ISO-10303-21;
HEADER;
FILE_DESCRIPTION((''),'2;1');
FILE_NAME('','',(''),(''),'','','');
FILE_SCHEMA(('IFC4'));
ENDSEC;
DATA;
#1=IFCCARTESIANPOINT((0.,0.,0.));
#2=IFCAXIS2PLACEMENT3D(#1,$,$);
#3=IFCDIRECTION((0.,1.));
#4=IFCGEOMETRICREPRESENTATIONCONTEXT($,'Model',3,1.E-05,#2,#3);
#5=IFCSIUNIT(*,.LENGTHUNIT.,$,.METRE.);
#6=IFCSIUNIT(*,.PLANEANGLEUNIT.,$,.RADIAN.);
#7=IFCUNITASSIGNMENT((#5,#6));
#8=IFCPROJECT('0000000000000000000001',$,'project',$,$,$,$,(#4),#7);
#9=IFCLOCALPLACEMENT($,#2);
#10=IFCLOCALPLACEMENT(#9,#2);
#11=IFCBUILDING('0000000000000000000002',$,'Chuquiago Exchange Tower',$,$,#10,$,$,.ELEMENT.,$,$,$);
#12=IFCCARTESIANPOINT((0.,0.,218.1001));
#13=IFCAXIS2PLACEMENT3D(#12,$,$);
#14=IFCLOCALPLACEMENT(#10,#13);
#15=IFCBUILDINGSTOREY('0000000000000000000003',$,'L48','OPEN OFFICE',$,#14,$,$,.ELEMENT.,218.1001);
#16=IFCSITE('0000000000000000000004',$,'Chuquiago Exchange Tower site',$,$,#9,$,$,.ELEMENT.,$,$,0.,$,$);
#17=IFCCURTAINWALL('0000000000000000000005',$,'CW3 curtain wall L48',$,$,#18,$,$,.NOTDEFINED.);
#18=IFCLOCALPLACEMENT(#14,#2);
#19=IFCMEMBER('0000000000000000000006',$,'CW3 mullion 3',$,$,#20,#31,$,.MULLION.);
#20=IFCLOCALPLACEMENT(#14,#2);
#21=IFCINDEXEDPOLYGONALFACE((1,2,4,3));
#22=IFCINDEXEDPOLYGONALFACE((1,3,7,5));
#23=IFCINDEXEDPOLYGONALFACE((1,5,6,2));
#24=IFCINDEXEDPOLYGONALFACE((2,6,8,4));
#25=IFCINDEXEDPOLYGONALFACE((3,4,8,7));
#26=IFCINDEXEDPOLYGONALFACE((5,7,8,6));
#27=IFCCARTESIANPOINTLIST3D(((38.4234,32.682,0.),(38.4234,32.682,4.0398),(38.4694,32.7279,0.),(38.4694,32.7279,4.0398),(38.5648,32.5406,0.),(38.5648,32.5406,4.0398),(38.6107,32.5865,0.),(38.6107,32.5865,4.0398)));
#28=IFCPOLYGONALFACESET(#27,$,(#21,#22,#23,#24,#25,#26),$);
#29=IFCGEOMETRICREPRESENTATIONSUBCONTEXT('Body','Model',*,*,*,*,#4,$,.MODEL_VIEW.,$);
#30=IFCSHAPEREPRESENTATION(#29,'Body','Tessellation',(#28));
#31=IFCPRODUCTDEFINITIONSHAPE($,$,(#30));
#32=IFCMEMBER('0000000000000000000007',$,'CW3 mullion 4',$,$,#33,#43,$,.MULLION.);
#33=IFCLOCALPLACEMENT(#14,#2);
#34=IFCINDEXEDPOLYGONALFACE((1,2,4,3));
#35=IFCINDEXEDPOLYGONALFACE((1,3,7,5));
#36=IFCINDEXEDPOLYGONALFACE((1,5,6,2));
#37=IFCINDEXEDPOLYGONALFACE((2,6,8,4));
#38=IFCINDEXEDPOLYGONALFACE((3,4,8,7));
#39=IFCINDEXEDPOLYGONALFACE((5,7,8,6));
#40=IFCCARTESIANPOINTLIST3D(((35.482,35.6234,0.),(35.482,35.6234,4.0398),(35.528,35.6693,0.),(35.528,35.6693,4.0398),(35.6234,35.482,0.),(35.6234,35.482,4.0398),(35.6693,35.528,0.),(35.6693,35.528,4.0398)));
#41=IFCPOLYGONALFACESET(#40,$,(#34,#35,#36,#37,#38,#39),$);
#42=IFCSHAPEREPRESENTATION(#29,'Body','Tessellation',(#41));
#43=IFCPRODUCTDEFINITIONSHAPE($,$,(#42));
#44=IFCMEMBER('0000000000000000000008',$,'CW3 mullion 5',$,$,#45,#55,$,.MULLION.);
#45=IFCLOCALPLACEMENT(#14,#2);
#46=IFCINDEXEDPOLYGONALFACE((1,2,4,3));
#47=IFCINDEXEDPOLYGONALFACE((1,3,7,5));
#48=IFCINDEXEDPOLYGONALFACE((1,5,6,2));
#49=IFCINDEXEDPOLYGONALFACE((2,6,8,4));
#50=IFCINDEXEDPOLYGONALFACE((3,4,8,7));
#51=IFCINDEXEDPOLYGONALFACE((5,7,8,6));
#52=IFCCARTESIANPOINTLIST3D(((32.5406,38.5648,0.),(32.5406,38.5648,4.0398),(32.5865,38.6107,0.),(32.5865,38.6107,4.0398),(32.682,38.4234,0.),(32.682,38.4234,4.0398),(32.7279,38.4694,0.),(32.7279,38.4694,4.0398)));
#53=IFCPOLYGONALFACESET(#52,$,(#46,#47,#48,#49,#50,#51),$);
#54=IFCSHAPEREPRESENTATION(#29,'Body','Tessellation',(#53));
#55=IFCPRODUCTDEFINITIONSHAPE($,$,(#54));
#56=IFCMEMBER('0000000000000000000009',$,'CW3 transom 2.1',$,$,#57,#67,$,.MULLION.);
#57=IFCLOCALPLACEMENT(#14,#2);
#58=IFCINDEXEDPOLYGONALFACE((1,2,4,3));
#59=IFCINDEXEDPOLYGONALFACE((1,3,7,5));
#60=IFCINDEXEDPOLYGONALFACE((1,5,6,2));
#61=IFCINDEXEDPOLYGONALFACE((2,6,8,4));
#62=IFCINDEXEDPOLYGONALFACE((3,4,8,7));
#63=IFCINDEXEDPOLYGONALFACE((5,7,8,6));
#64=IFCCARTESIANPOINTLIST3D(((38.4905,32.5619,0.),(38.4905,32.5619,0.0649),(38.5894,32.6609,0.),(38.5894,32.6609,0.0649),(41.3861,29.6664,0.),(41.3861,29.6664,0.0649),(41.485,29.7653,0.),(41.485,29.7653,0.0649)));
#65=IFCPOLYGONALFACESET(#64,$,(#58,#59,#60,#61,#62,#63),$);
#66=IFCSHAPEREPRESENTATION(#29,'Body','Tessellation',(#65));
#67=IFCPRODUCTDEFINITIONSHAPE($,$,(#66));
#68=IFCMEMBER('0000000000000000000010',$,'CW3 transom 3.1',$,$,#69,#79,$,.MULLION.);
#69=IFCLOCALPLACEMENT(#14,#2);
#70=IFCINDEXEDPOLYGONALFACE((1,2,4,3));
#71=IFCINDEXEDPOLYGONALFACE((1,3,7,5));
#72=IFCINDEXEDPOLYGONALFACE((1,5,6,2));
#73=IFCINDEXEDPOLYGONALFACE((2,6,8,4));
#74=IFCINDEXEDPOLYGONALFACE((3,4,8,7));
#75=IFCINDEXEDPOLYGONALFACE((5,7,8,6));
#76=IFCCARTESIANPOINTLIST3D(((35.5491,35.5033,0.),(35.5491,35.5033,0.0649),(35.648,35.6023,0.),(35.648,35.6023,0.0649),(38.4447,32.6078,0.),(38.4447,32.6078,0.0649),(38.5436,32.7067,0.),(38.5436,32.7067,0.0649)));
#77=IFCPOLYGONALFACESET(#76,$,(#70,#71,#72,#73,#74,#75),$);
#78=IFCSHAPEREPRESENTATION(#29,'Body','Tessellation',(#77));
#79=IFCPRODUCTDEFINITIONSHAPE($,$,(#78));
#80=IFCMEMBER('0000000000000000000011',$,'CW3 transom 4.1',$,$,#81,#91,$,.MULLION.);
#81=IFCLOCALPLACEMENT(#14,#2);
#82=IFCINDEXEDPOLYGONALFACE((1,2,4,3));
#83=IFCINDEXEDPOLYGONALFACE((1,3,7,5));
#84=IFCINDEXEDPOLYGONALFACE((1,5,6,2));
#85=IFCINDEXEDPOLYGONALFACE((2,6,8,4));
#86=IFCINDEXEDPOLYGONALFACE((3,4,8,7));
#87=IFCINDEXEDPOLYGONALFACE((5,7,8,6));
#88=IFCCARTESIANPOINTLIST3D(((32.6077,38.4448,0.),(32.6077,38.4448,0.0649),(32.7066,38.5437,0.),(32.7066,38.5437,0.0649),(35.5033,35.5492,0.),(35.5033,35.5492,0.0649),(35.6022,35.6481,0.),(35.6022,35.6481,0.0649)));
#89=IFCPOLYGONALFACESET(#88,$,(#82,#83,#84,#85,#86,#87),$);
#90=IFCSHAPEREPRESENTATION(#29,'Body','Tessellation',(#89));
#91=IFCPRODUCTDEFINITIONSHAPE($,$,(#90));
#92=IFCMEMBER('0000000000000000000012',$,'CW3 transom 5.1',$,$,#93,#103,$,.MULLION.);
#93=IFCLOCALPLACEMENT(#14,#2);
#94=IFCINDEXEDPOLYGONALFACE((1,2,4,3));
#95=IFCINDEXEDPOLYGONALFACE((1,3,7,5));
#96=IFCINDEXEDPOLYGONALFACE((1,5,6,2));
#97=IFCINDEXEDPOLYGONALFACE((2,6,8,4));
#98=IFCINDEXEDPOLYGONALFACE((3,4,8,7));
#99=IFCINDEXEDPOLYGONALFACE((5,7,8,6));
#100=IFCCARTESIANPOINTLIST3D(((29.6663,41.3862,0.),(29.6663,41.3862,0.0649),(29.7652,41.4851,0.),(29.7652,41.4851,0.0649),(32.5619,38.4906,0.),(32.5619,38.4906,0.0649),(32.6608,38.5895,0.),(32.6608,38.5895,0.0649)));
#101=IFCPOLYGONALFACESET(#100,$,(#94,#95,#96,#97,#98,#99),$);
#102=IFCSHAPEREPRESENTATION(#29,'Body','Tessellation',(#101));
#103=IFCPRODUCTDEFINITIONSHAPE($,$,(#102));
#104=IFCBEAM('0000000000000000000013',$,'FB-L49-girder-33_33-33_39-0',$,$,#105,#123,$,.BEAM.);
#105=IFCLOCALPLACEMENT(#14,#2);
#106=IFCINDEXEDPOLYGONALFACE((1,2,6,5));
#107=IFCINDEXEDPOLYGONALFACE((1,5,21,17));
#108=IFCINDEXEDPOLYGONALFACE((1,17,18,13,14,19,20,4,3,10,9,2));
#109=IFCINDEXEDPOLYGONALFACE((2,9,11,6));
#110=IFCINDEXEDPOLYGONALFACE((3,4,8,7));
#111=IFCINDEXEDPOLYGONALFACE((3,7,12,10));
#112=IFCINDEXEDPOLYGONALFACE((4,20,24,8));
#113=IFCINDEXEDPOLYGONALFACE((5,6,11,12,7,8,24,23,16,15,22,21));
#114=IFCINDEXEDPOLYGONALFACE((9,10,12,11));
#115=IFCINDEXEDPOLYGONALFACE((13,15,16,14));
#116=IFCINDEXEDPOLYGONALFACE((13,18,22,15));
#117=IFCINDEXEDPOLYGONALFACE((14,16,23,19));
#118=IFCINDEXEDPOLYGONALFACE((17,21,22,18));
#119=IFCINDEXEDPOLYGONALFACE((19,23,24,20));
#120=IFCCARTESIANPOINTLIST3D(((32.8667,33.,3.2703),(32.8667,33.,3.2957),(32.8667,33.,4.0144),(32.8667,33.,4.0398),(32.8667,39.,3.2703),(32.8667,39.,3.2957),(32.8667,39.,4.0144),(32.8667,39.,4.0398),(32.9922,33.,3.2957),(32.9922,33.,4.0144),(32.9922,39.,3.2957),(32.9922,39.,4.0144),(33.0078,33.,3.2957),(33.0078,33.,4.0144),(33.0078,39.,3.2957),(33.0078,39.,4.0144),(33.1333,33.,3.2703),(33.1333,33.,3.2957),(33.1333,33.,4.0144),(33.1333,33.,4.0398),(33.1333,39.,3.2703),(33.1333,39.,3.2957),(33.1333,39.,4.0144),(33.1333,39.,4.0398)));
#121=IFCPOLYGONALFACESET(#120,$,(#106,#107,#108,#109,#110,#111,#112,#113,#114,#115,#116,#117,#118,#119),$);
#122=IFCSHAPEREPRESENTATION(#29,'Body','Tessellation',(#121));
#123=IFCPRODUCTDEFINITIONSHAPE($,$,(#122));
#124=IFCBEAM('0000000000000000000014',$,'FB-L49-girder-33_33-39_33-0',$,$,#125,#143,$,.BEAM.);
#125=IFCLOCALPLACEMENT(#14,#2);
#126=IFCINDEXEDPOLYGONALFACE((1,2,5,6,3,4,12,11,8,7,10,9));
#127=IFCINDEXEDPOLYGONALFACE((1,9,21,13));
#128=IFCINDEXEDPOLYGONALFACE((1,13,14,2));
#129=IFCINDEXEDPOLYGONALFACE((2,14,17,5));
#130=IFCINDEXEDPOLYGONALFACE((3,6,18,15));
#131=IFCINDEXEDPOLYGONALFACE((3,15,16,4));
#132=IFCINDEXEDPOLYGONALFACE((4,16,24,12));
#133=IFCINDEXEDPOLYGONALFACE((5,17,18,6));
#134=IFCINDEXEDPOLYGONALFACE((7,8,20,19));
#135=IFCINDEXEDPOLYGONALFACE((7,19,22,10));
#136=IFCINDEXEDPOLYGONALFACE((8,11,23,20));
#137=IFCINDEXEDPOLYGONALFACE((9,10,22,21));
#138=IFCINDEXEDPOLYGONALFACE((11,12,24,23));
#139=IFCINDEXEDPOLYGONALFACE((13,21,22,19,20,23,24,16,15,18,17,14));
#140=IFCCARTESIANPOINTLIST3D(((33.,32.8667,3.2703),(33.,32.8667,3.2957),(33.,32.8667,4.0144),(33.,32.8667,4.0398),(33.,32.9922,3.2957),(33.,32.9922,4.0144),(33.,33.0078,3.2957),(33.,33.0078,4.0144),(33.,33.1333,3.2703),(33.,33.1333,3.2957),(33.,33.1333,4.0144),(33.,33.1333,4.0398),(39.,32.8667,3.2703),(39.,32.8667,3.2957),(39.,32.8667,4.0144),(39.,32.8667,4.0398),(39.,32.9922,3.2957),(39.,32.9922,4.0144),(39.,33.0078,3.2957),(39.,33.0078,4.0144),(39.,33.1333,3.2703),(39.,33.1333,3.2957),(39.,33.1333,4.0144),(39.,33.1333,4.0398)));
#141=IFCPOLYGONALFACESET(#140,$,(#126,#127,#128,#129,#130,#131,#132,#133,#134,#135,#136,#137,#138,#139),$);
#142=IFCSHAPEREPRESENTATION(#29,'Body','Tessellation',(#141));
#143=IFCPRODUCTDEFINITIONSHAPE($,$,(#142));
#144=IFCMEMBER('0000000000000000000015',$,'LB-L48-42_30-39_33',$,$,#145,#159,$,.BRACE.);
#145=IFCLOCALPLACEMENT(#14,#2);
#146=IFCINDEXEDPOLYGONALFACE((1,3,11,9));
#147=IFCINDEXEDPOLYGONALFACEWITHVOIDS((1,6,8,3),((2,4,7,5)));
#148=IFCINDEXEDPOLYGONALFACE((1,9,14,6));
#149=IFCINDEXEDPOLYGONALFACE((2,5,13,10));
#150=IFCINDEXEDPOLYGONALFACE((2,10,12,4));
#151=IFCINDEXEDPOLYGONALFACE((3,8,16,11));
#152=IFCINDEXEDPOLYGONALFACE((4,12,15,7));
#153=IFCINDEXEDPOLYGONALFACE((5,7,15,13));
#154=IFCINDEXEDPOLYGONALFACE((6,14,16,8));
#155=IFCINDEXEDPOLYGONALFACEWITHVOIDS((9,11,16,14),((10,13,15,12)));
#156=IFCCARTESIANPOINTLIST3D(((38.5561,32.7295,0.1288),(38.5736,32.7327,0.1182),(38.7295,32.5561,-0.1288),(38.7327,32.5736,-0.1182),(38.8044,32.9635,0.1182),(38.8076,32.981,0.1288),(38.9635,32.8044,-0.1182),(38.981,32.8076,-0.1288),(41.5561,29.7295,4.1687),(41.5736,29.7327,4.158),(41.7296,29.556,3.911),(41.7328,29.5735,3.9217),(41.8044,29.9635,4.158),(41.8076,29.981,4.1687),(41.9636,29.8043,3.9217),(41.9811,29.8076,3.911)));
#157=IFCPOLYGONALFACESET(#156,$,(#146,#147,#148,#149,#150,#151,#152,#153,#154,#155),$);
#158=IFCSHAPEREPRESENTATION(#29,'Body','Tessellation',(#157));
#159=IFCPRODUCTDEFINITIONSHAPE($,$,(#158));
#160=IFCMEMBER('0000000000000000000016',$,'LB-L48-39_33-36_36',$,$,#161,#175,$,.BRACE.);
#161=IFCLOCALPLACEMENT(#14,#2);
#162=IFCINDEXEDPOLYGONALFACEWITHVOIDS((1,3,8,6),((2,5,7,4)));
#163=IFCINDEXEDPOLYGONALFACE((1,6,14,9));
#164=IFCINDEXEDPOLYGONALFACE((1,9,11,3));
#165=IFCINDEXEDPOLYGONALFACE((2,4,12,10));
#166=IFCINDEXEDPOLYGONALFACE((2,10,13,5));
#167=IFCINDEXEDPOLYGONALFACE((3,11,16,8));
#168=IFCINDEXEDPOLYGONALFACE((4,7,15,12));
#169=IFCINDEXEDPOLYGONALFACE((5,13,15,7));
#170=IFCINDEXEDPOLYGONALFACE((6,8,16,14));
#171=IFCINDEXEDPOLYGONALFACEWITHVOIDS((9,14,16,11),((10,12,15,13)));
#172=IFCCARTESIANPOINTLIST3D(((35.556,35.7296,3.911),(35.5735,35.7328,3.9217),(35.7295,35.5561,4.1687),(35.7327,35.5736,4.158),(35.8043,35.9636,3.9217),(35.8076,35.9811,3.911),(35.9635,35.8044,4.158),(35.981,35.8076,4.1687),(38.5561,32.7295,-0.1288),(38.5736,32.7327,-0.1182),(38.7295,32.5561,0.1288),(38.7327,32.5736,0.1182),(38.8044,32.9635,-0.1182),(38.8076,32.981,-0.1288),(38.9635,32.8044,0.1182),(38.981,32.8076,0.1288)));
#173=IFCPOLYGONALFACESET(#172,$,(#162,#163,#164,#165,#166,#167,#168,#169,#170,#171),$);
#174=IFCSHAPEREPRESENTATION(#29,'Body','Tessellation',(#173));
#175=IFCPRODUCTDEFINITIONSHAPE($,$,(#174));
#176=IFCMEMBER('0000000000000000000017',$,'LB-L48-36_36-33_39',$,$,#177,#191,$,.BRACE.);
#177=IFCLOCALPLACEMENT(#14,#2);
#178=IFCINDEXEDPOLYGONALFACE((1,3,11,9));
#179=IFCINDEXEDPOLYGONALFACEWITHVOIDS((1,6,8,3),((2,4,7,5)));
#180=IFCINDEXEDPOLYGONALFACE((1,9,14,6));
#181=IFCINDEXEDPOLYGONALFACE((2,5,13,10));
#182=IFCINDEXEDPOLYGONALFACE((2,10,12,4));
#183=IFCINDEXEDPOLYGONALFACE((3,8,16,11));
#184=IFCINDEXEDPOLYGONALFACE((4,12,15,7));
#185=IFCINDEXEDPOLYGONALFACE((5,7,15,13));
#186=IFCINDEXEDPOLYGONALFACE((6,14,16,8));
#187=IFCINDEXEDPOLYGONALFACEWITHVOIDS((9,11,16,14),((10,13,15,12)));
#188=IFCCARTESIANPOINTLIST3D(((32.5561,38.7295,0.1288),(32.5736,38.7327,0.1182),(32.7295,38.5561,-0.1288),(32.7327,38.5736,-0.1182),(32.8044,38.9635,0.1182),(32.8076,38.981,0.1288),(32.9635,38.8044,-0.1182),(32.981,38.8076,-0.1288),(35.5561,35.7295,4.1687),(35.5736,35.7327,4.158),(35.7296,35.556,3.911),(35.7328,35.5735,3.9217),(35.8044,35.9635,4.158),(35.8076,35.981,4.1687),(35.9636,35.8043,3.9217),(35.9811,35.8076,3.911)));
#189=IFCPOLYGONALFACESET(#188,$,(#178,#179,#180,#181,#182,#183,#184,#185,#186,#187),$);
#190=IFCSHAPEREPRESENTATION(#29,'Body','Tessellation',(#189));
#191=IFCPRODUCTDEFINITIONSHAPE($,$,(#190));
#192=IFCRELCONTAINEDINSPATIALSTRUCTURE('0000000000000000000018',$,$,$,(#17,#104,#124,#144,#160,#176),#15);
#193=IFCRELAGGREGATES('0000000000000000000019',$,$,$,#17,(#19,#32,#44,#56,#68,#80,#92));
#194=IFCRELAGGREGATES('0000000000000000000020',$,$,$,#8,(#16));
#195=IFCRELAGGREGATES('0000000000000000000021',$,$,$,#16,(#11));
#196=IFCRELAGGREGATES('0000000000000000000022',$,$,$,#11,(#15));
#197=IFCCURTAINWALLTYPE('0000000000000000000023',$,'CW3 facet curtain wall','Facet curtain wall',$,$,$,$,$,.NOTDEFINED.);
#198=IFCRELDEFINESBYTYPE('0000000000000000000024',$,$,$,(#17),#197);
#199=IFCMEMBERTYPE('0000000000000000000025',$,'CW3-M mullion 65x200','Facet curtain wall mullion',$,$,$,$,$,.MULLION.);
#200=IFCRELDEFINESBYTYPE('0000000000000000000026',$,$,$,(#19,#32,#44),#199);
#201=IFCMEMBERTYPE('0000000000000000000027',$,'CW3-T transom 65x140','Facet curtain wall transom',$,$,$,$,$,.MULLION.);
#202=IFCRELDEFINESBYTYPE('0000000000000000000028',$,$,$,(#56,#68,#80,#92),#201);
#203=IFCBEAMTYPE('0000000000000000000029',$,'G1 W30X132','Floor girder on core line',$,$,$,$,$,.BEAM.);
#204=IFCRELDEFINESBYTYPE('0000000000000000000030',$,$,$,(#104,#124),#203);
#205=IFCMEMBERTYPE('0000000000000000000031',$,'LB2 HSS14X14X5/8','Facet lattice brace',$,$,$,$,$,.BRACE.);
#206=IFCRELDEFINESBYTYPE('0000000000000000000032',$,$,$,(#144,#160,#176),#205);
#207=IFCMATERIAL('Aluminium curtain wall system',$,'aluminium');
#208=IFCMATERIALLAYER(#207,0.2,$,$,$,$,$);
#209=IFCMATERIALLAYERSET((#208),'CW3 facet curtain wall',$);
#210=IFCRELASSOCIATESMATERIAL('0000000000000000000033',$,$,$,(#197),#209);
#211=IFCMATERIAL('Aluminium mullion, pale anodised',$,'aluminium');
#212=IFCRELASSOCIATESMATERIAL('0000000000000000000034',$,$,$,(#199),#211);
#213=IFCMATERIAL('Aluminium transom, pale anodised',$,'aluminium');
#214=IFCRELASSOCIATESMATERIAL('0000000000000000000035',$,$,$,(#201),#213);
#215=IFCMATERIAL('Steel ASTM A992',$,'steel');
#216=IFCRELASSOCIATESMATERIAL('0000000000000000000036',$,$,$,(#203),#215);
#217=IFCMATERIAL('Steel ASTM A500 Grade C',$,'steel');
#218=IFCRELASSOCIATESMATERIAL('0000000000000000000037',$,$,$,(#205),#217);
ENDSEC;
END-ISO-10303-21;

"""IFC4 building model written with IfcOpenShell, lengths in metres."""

from ifc_helpers import new_model, si_unit, direction, frame, origin, origin_2d, place, context, subcontext, project, spatial, rectangle, hollow_rectangle, i_section, extrude, material, layer, layer_set, material_profile, profile_set, type_object, element, aggregate, save


model = new_model("IFC4")

# Units and contexts
model_context = context("Model", 3, precision=1e-05, world=origin(), true_north=direction((0.0, 1.0)))
body_context = subcontext(model_context, "Body", "Model", "MODEL_VIEW")
ifc_project = project(units=[si_unit("LENGTHUNIT", "METRE"), si_unit("PLANEANGLEUNIT", "RADIAN")], contexts=[model_context])

# Site, building, storey
site_placement = place(None, origin())
site = spatial("IfcSite", under=ifc_project, at=site_placement, Name="Chuquiago Exchange Tower site", CompositionType="ELEMENT", RefElevation=0.0)
building_placement = place(site_placement, origin())
building = spatial("IfcBuilding", under=site, at=building_placement, Name="Chuquiago Exchange Tower", CompositionType="ELEMENT")
storey_placement = place(building_placement, frame((0.0, 0.0, 218.1001)))
storey = spatial("IfcBuildingStorey", under=building, at=storey_placement, Name="L48", Description="OPEN OFFICE", CompositionType="ELEMENT", Elevation=218.1001)

# Curtain wall, members
ifc_material_1 = material(Name="Aluminium curtain wall system", Category="aluminium")
ifc_layer_1 = layer(ifc_material_1, 0.2)
ifc_layer_set_1 = layer_set([ifc_layer_1], Name="CW3 facet curtain wall")
curtain_wall_type = type_object("IfcCurtainWallType", Name="CW3 facet curtain wall", Description="Facet curtain wall", PredefinedType="NOTDEFINED", material=ifc_layer_set_1)
curtain_wall_placement = place(storey_placement, origin())
curtain_wall = element("IfcCurtainWall", 1, at=curtain_wall_placement, inside=storey, type_object=curtain_wall_type, Name="CW3 curtain wall L48", PredefinedType="NOTDEFINED")
ifc_material_2 = material(Name="Aluminium mullion, pale anodised", Category="aluminium")
ifc_material_profile_1 = material_profile(ifc_material_2, rectangle(XDim=0.0649, YDim=0.2, at=origin_2d()), Name="AL 65x200")
ifc_profile_set_1 = profile_set([ifc_material_profile_1], Name="Aluminium mullion, pale anodised")
member_type_1 = type_object("IfcMemberType", Name="CW3-M mullion 65x200", Description="Facet curtain wall mullion", PredefinedType="MULLION", material=ifc_profile_set_1)
member_1_placement = place(storey_placement, frame((38.5171, 32.6343, 0.0), z_axis=(0.0, 0.0, 1.0), x_axis=(-0.707107, -0.707107, 0.0)))
member_1 = element("IfcMember", 2, at=member_1_placement, type_object=member_type_1, Name="CW3 mullion 3", PredefinedType="MULLION", context=body_context, shape_type="SweptSolid", body=[
    extrude(rectangle(XDim=0.0649, YDim=0.2, at=origin_2d()), origin(), (0.0, 0.0, 1.0), 4.0398),
])
member_2_placement = place(storey_placement, frame((35.5757, 35.5757, 0.0), z_axis=(0.0, 0.0, 1.0), x_axis=(-0.707107, -0.707107, 0.0)))
member_2 = element("IfcMember", 3, at=member_2_placement, type_object=member_type_1, Name="CW3 mullion 4", PredefinedType="MULLION", context=body_context, shape_type="SweptSolid", body=[
    extrude(rectangle(XDim=0.0649, YDim=0.2, at=origin_2d()), origin(), (0.0, 0.0, 1.0), 4.0398),
])
member_3_placement = place(storey_placement, frame((32.6343, 38.5171, 0.0), z_axis=(0.0, 0.0, 1.0), x_axis=(-0.707107, -0.707107, 0.0)))
member_3 = element("IfcMember", 4, at=member_3_placement, type_object=member_type_1, Name="CW3 mullion 5", PredefinedType="MULLION", context=body_context, shape_type="SweptSolid", body=[
    extrude(rectangle(XDim=0.0649, YDim=0.2, at=origin_2d()), origin(), (0.0, 0.0, 1.0), 4.0398),
])
ifc_material_3 = material(Name="Aluminium transom, pale anodised", Category="aluminium")
ifc_material_profile_2 = material_profile(ifc_material_3, rectangle(XDim=0.1399, YDim=0.0649, at=origin_2d()), Name="AL 140x65")
ifc_profile_set_2 = profile_set([ifc_material_profile_2], Name="Aluminium transom, pale anodised")
member_type_2 = type_object("IfcMemberType", Name="CW3-T transom 65x140", Description="Facet curtain wall transom", PredefinedType="MULLION", material=ifc_profile_set_2)
member_4_placement = place(storey_placement, frame((41.4355, 29.7158, 0.0325), z_axis=(-0.707107, 0.707107, 0.0), x_axis=(-0.707107, -0.707107, 0.0)))
member_4 = element("IfcMember", 5, at=member_4_placement, type_object=member_type_2, Name="CW3 transom 2.1", PredefinedType="MULLION", context=body_context, shape_type="SweptSolid", body=[
    extrude(rectangle(XDim=0.1399, YDim=0.0649, at=origin_2d()), origin(), (0.0, 0.0, 1.0), 4.095),
])
member_5_placement = place(storey_placement, frame((38.4941, 32.6572, 0.0325), z_axis=(-0.707107, 0.707107, 0.0), x_axis=(-0.707107, -0.707107, 0.0)))
member_5 = element("IfcMember", 6, at=member_5_placement, type_object=member_type_2, Name="CW3 transom 3.1", PredefinedType="MULLION", context=body_context, shape_type="SweptSolid", body=[
    extrude(rectangle(XDim=0.1399, YDim=0.0649, at=origin_2d()), origin(), (0.0, 0.0, 1.0), 4.095),
])
member_6_placement = place(storey_placement, frame((35.5527, 35.5986, 0.0325), z_axis=(-0.707107, 0.707107, 0.0), x_axis=(-0.707107, -0.707107, 0.0)))
member_6 = element("IfcMember", 7, at=member_6_placement, type_object=member_type_2, Name="CW3 transom 4.1", PredefinedType="MULLION", context=body_context, shape_type="SweptSolid", body=[
    extrude(rectangle(XDim=0.1399, YDim=0.0649, at=origin_2d()), origin(), (0.0, 0.0, 1.0), 4.095),
])
member_7_placement = place(storey_placement, frame((32.6113, 38.54, 0.0325), z_axis=(-0.707107, 0.707107, 0.0), x_axis=(-0.707107, -0.707107, 0.0)))
member_7 = element("IfcMember", 8, at=member_7_placement, type_object=member_type_2, Name="CW3 transom 5.1", PredefinedType="MULLION", context=body_context, shape_type="SweptSolid", body=[
    extrude(rectangle(XDim=0.1399, YDim=0.0649, at=origin_2d()), origin(), (0.0, 0.0, 1.0), 4.095),
])

# Beams
ifc_material_4 = material(Name="Steel ASTM A992", Category="steel")
ifc_material_profile_3 = material_profile(ifc_material_4, i_section(OverallWidth=0.2666, OverallDepth=0.7695, WebThickness=0.0156, FlangeThickness=0.0254, at=origin_2d()), Name="W30X132")
ifc_profile_set_3 = profile_set([ifc_material_profile_3], Name="Steel ASTM A992")
beam_type_1 = type_object("IfcBeamType", Name="G1 W30X132", Description="Floor girder on core line", PredefinedType="BEAM", material=ifc_profile_set_3)
for number, where, z_axis, x_axis, name in (
    (9, (33.0, 33.0, 3.655), (0.0, 1.0, 0.0), (-1.0, 0.0, 0.0), "FB-L49-girder-33_33-33_39-0"),
    (10, (33.0, 33.0, 3.655), (1.0, 0.0, 0.0), (0.0, 1.0, 0.0), "FB-L49-girder-33_33-39_33-0"),
):
    element("IfcBeam", number, at=place(storey_placement, frame(where, z_axis=z_axis, x_axis=x_axis)), inside=storey, type_object=beam_type_1, Name=name, PredefinedType="BEAM", context=body_context, shape_type="SweptSolid", body=[
        extrude(i_section(OverallWidth=0.2666, OverallDepth=0.7695, WebThickness=0.0156, FlangeThickness=0.0254, at=origin_2d()), origin(), (0.0, 0.0, 1.0), 6.0),
    ])

# Members
ifc_material_5 = material(Name="Steel ASTM A500 Grade C", Category="steel")
ifc_material_profile_4 = material_profile(ifc_material_5, hollow_rectangle(XDim=0.3557, YDim=0.3557, WallThickness=0.0146, at=origin_2d()), Name="HSS14X14X5/8")
ifc_profile_set_4 = profile_set([ifc_material_profile_4], Name="Steel ASTM A500 Grade C")
member_type_3 = type_object("IfcMemberType", Name="LB2 HSS14X14X5/8", Description="Facet lattice brace", PredefinedType="BRACE", material=ifc_profile_set_4)
for number, where, z_axis, x_axis, name in (
    (11, (38.7686, 32.7686, 0.0), (0.512092, -0.512092, 0.689582), (0.707107, 0.707107, 0.0), "LB-L48-42_30-39_33"),
    (12, (38.7686, 32.7686, 0.0), (-0.512092, 0.512092, 0.689582), (-0.707107, -0.707107, 0.0), "LB-L48-39_33-36_36"),
    (13, (32.7686, 38.7686, 0.0), (0.512092, -0.512092, 0.689582), (0.707107, 0.707107, 0.0), "LB-L48-36_36-33_39"),
):
    element("IfcMember", number, at=place(storey_placement, frame(where, z_axis=z_axis, x_axis=x_axis)), inside=storey, type_object=member_type_3, Name=name, PredefinedType="BRACE", context=body_context, shape_type="SweptSolid", body=[
        extrude(hollow_rectangle(XDim=0.3557, YDim=0.3557, WallThickness=0.0146, at=origin_2d()), origin(), (0.0, 0.0, 1.0), 5.8584),
    ])

aggregate(curtain_wall, [member_1, member_2, member_3, member_4, member_5, member_6, member_7])

save(model, "model.ifc")
